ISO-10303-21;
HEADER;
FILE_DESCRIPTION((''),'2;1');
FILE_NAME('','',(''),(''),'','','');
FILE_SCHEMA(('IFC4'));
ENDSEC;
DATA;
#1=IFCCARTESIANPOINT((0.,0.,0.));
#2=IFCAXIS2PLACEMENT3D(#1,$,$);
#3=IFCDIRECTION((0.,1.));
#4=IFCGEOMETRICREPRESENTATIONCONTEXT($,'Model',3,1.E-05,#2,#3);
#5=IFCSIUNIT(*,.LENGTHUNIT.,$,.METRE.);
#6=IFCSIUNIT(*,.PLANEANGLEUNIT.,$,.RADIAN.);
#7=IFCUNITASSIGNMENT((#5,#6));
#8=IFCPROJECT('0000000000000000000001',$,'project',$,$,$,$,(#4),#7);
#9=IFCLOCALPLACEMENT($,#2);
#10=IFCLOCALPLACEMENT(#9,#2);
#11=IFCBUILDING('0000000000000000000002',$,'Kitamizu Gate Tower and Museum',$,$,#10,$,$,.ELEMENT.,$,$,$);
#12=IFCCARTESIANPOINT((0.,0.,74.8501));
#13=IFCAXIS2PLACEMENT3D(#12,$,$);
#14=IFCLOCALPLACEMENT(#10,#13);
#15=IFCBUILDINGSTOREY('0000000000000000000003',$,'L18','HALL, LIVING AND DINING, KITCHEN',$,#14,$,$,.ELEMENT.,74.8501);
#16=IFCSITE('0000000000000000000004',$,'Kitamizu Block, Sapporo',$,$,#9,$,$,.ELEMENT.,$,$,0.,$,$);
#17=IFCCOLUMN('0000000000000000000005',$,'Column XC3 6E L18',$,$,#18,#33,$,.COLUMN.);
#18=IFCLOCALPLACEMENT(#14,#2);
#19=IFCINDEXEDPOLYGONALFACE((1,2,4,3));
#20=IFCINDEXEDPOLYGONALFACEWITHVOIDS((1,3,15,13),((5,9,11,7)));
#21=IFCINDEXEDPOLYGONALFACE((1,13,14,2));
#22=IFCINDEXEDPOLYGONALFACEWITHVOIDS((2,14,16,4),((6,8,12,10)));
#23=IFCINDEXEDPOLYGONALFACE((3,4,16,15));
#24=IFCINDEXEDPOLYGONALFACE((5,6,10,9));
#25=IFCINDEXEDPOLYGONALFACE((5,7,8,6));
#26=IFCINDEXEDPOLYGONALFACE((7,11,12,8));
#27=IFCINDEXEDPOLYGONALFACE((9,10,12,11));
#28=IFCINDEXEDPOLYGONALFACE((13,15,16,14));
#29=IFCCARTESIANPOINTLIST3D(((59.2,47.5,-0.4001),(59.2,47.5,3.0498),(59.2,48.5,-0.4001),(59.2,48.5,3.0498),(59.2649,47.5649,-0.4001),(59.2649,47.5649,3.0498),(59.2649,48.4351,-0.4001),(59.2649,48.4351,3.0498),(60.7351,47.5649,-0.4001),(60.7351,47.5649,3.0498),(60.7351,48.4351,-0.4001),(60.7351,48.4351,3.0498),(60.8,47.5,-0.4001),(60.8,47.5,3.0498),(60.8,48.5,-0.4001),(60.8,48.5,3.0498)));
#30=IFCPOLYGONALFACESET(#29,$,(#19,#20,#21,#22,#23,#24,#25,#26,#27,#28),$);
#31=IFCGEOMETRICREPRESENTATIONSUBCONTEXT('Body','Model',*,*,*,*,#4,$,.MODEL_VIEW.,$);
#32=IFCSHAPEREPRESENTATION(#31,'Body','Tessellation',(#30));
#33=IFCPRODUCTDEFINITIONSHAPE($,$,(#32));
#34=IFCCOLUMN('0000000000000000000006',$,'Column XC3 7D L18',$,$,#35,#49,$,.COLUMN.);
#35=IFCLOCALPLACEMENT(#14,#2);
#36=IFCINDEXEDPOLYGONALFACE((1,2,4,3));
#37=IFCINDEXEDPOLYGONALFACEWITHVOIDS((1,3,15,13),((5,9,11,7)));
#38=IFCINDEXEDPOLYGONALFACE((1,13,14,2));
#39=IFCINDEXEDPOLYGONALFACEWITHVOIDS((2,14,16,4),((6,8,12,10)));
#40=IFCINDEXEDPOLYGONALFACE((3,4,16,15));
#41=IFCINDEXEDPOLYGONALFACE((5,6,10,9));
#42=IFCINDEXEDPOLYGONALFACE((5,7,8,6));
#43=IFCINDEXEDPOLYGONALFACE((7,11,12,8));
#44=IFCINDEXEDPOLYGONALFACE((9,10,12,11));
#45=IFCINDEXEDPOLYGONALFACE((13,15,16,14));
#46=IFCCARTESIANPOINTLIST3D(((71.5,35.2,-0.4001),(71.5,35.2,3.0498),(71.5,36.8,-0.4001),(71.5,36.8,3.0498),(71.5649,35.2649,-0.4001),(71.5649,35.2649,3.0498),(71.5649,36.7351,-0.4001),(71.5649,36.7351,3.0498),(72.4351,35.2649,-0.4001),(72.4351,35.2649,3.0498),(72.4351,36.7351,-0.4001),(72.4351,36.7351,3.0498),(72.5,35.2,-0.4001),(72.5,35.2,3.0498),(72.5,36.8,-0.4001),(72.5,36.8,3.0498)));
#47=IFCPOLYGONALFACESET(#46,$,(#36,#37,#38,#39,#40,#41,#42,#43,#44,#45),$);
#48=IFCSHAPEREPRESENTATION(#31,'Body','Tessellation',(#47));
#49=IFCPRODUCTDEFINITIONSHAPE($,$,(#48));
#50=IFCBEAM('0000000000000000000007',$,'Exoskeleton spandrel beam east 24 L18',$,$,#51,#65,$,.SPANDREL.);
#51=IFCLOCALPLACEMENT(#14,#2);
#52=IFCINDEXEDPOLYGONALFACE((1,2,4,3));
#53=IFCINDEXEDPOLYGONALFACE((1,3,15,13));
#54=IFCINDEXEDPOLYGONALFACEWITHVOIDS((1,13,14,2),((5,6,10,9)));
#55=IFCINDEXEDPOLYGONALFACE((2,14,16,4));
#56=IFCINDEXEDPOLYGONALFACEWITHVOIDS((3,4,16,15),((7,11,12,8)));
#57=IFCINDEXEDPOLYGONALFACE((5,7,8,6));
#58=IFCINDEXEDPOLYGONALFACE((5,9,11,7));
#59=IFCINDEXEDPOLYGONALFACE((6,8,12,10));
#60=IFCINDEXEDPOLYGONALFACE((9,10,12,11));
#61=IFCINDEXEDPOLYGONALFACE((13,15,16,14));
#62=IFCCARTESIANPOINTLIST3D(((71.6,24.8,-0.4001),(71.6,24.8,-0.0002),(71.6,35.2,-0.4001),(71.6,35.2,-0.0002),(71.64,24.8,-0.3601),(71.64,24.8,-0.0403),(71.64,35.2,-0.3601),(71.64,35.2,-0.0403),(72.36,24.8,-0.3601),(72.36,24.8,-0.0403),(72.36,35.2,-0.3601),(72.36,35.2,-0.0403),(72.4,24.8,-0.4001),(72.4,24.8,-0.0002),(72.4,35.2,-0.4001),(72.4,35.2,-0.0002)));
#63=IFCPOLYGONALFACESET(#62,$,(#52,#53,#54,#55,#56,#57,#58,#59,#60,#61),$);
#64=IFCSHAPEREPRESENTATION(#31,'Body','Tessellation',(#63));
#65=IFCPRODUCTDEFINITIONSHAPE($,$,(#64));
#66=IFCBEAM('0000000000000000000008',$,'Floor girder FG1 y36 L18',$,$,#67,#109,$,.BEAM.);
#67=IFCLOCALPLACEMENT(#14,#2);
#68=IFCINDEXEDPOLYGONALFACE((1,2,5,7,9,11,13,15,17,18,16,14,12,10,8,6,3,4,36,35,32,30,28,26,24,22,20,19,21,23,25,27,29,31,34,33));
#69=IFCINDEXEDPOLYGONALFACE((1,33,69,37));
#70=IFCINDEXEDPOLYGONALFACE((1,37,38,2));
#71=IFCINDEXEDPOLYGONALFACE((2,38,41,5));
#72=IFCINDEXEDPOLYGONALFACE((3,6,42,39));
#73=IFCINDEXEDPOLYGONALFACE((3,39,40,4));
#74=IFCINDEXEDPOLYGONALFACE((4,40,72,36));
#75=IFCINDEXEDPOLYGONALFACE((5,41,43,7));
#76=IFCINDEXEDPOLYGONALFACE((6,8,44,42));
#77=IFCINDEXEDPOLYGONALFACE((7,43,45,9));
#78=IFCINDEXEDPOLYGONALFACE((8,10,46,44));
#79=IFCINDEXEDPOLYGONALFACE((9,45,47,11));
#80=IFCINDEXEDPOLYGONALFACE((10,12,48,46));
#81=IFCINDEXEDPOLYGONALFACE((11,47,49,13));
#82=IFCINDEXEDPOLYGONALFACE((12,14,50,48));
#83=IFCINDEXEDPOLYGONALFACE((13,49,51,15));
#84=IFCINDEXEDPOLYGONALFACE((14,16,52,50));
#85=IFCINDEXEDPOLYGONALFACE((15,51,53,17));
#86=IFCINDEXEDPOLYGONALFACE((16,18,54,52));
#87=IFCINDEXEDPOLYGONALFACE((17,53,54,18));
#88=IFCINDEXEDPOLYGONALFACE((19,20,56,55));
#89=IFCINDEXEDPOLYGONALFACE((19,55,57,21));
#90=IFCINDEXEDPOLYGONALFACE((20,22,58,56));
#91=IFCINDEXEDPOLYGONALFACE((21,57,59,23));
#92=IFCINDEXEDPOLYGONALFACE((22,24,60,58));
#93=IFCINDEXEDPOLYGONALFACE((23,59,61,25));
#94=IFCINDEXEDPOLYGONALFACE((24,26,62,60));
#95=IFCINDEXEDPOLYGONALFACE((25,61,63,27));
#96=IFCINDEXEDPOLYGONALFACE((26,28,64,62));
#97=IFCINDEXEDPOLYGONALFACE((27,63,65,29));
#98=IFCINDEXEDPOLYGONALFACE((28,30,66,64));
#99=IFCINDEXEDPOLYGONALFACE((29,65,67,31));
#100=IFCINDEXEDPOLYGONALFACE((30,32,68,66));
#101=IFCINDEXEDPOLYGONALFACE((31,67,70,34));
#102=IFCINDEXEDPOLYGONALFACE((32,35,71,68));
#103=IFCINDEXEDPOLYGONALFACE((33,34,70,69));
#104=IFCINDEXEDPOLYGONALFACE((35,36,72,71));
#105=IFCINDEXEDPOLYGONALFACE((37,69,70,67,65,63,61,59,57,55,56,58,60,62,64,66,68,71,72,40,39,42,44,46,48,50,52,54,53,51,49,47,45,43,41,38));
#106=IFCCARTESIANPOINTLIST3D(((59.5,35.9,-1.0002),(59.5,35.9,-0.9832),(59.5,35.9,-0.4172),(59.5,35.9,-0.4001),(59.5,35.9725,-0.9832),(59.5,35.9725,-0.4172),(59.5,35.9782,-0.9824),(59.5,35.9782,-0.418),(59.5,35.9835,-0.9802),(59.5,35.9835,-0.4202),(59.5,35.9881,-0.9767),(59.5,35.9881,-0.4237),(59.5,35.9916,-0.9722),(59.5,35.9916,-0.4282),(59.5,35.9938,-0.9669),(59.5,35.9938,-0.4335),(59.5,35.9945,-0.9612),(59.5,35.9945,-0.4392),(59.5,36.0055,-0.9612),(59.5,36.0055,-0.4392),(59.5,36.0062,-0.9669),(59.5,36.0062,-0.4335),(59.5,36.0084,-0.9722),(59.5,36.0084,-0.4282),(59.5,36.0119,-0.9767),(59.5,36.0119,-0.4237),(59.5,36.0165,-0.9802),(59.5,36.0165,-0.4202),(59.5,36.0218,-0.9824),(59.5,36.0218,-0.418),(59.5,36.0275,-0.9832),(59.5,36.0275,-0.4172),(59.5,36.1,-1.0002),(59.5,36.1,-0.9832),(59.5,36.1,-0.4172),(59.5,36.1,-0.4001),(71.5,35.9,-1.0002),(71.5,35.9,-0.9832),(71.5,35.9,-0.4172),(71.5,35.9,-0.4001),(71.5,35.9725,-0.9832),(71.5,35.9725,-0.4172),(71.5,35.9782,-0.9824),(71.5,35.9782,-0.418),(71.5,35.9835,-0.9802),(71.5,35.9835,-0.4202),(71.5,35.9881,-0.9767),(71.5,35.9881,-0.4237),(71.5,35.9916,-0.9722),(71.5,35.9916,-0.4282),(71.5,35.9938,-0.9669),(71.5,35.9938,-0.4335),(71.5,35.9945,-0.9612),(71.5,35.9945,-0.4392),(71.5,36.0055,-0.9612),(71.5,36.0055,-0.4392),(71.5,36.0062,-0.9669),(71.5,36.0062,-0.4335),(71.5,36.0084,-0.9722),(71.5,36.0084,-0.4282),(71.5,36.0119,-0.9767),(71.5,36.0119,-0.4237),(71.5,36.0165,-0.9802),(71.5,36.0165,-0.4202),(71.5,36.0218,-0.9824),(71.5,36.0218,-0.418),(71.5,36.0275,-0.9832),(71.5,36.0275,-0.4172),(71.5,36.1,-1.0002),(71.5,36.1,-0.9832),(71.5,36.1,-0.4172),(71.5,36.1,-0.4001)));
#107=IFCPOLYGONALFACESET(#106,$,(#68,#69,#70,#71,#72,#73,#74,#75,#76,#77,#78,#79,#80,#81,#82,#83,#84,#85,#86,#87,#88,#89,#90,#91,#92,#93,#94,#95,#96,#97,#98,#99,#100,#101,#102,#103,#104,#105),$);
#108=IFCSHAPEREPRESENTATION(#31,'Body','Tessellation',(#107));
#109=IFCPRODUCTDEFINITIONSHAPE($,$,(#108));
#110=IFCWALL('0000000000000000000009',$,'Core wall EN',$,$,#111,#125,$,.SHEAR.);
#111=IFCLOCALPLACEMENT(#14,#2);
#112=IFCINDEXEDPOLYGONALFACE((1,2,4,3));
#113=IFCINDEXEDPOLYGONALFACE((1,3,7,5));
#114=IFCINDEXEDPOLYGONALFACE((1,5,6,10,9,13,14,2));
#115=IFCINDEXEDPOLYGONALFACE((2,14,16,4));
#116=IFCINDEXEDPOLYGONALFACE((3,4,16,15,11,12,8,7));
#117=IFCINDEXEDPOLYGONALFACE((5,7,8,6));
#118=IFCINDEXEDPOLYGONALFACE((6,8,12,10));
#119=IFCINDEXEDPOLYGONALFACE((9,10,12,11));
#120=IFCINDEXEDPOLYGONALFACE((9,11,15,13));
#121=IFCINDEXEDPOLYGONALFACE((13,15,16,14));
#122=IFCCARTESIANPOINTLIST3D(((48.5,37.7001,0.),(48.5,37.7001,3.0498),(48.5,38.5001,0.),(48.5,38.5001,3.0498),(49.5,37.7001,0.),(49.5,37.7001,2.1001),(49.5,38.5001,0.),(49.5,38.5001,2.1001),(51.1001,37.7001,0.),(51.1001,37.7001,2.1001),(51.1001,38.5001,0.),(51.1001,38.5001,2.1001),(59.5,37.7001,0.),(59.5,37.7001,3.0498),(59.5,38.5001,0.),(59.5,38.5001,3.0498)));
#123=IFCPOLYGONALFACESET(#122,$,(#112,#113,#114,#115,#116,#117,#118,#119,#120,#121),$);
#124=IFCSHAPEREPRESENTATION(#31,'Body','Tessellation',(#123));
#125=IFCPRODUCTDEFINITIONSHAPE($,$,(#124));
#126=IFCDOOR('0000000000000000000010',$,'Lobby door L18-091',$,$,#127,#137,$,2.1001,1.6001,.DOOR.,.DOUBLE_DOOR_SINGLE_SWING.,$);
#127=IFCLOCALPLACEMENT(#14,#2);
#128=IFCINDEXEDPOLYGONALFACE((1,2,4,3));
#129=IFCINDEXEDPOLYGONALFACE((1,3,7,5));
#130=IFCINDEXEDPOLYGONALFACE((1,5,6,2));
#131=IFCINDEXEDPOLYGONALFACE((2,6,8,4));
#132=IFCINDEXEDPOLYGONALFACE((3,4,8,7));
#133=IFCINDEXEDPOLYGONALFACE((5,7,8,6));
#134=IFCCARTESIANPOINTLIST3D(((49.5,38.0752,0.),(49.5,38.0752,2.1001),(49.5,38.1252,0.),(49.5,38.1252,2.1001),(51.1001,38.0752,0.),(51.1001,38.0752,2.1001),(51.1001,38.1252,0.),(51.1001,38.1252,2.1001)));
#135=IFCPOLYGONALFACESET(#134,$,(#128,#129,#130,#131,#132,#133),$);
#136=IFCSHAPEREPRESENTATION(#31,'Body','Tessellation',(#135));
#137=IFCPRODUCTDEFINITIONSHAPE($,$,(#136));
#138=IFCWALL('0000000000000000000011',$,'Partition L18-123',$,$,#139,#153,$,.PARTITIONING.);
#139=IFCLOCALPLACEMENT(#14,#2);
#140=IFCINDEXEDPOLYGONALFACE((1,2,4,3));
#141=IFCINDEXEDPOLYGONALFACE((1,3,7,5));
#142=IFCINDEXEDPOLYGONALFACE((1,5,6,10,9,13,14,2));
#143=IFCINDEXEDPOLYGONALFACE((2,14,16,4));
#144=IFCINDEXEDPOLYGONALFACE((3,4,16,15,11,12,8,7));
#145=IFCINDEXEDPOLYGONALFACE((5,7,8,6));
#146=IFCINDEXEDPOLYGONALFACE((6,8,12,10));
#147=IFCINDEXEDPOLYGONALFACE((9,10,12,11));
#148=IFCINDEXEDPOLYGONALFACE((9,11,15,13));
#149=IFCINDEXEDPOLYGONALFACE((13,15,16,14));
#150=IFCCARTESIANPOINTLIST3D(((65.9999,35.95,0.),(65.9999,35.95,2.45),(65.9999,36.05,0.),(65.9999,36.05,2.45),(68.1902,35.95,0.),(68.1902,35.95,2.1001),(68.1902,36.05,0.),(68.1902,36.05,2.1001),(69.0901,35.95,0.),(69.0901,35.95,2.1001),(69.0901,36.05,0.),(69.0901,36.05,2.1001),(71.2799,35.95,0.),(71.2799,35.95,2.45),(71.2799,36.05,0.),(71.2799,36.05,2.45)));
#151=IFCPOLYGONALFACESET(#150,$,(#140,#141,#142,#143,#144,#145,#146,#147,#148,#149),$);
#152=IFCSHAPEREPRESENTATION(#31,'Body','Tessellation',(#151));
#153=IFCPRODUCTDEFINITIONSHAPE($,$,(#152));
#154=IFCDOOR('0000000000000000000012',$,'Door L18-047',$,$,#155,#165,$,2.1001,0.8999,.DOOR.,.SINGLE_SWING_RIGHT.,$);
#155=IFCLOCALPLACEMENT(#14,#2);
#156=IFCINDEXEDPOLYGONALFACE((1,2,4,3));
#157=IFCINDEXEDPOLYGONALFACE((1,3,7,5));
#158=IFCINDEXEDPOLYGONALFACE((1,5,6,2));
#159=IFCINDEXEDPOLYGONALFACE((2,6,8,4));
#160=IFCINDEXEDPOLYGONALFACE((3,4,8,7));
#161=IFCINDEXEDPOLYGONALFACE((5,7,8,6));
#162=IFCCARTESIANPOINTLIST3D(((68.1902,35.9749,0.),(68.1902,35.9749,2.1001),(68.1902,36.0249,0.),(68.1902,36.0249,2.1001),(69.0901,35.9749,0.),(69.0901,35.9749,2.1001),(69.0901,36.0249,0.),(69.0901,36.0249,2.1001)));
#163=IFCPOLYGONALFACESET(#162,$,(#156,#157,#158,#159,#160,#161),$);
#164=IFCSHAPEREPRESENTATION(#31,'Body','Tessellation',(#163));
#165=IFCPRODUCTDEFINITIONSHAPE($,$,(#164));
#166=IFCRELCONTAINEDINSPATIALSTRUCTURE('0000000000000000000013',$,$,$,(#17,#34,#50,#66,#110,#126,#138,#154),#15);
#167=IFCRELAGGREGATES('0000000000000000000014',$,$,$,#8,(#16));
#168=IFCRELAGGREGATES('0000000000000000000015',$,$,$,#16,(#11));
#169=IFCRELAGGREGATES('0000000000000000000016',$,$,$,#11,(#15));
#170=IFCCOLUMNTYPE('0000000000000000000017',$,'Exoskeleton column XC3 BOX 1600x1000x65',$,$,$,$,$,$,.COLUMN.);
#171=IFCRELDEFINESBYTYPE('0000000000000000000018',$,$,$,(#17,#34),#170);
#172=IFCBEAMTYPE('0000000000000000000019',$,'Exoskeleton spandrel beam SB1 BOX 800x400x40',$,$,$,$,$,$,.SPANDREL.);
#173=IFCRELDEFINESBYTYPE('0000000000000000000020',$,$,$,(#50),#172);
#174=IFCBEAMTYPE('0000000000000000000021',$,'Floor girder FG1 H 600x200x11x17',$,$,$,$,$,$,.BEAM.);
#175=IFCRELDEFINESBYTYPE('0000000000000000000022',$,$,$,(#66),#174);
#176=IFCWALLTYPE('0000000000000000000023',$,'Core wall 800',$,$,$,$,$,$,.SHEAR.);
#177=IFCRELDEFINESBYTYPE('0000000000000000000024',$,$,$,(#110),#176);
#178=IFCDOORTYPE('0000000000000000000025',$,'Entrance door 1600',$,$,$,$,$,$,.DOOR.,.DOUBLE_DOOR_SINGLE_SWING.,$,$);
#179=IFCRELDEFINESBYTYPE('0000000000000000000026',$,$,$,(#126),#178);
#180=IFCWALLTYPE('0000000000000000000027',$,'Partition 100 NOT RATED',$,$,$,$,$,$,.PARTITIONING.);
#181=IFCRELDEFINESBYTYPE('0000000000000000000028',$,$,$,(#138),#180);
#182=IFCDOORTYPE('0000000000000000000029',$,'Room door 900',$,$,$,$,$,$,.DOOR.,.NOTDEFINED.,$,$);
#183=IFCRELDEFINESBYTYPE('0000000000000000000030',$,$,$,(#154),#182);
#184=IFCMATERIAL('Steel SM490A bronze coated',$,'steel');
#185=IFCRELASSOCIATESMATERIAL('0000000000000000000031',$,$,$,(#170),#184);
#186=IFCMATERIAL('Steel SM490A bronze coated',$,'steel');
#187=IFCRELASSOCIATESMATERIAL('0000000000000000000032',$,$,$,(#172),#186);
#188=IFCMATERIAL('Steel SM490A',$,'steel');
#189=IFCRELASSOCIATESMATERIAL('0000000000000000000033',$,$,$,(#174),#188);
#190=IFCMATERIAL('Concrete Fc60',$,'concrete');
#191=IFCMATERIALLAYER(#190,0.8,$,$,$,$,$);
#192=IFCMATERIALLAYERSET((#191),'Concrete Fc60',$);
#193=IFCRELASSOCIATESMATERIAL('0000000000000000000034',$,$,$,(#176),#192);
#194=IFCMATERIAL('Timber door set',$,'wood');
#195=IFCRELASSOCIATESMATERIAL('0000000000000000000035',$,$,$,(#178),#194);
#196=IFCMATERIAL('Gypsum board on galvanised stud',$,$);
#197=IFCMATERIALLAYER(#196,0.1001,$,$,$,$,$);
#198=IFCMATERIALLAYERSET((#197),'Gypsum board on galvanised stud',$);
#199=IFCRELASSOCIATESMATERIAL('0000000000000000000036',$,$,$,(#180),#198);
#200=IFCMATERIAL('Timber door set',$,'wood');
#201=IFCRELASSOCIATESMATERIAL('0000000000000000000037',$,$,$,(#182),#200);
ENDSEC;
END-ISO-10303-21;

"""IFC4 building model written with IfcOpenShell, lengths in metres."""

from ifc_helpers import new_model, si_unit, direction, frame, frame_2d, origin, origin_2d, place, context, subcontext, project, spatial, rectangle, hollow_rectangle, i_section, extrude, material, layer, layer_set, material_profile, profile_set, type_object, element, fill, save


model = new_model("IFC4")

# Units and contexts
model_context = context("Model", 3, precision=1e-05, world=origin(), true_north=direction((0.0, 1.0)))
body_context = subcontext(model_context, "Body", "Model", "MODEL_VIEW")
ifc_project = project(units=[si_unit("LENGTHUNIT", "METRE"), si_unit("PLANEANGLEUNIT", "RADIAN")], contexts=[model_context])

# Site, building, storey
site_placement = place(None, origin())
site = spatial("IfcSite", under=ifc_project, at=site_placement, Name="Kitamizu Block, Sapporo", CompositionType="ELEMENT", RefElevation=0.0)
building_placement = place(site_placement, origin())
building = spatial("IfcBuilding", under=site, at=building_placement, Name="Kitamizu Gate Tower and Museum", CompositionType="ELEMENT")
storey_placement = place(building_placement, frame((0.0, 0.0, 74.8501)))
storey = spatial("IfcBuildingStorey", under=building, at=storey_placement, Name="L18", Description="HALL, LIVING AND DINING, KITCHEN", CompositionType="ELEMENT", Elevation=74.8501)

# Columns
ifc_material_1 = material(Name="Steel SM490A bronze coated", Category="steel")
ifc_material_profile_1 = material_profile(ifc_material_1, hollow_rectangle(XDim=1.6001, YDim=1.0, WallThickness=0.0649, at=origin_2d()), Name="BOX 1600x1000x65")
ifc_profile_set_1 = profile_set([ifc_material_profile_1], Name="Steel SM490A bronze coated")
column_type = type_object("IfcColumnType", Name="Exoskeleton column XC3 BOX 1600x1000x65", PredefinedType="COLUMN", material=ifc_profile_set_1)
for number, where, z_axis, x_axis, name in (
    (1, (60.0, 48.0, -0.4001), (0.0, 0.0, 1.0), (1.0, 0.0, 0.0), "Column XC3 6E L18"),
    (2, (72.0, 36.0, -0.4001), (0.0, 0.0, 1.0), (0.0, 1.0, 0.0), "Column XC3 7D L18"),
):
    element("IfcColumn", number, at=place(storey_placement, frame(where, z_axis=z_axis, x_axis=x_axis)), inside=storey, type_object=column_type, Name=name, PredefinedType="COLUMN", context=body_context, shape_type="SweptSolid", body=[
        extrude(hollow_rectangle(XDim=1.6001, YDim=1.0, WallThickness=0.0649, at=origin_2d()), origin(), (0.0, 0.0, 1.0), 3.45),
    ])

# Beams
ifc_material_2 = material(Name="Steel SM490A bronze coated", Category="steel")
ifc_material_profile_2 = material_profile(ifc_material_2, hollow_rectangle(XDim=0.8, YDim=0.3999, WallThickness=0.04, at=origin_2d()), Name="BOX 800x400x40")
ifc_profile_set_2 = profile_set([ifc_material_profile_2], Name="Steel SM490A bronze coated")
beam_type_1 = type_object("IfcBeamType", Name="Exoskeleton spandrel beam SB1 BOX 800x400x40", PredefinedType="SPANDREL", material=ifc_profile_set_2)
beam_1_placement = place(storey_placement, frame((72.0, 24.8, -0.2002), z_axis=(0.0, 1.0, 0.0), x_axis=(-1.0, 0.0, 0.0)))
element("IfcBeam", 3, at=beam_1_placement, inside=storey, type_object=beam_type_1, Name="Exoskeleton spandrel beam east 24 L18", PredefinedType="SPANDREL", context=body_context, shape_type="SweptSolid", body=[
    extrude(hollow_rectangle(XDim=0.8, YDim=0.3999, WallThickness=0.04, at=origin_2d()), origin(), (0.0, 0.0, 1.0), 10.3999),
])
ifc_material_3 = material(Name="Steel SM490A", Category="steel")
ifc_material_profile_3 = material_profile(ifc_material_3, i_section(OverallWidth=0.2, OverallDepth=0.6001, WebThickness=0.011, FlangeThickness=0.0171, FilletRadius=0.022, at=origin_2d()), Name="H-600x200x11x17")
ifc_profile_set_3 = profile_set([ifc_material_profile_3], Name="Steel SM490A")
beam_type_2 = type_object("IfcBeamType", Name="Floor girder FG1 H 600x200x11x17", PredefinedType="BEAM", material=ifc_profile_set_3)
beam_2_placement = place(storey_placement, frame((59.5, 36.0, -0.7002), z_axis=(1.0, 0.0, 0.0), x_axis=(0.0, 1.0, 0.0)))
element("IfcBeam", 4, at=beam_2_placement, inside=storey, type_object=beam_type_2, Name="Floor girder FG1 y36 L18", PredefinedType="BEAM", context=body_context, shape_type="SweptSolid", body=[
    extrude(i_section(OverallWidth=0.2, OverallDepth=0.6001, WebThickness=0.011, FlangeThickness=0.0171, FilletRadius=0.022, at=origin_2d()), origin(), (0.0, 0.0, 1.0), 12.0),
])

# Walls, openings, doors
ifc_material_4 = material(Name="Concrete Fc60", Category="concrete")
ifc_layer_1 = layer(ifc_material_4, 0.8)
ifc_layer_set_1 = layer_set([ifc_layer_1], Name="Concrete Fc60")
wall_type_1 = type_object("IfcWallType", Name="Core wall 800", PredefinedType="SHEAR", material=ifc_layer_set_1)
wall_1_placement = place(storey_placement, frame((59.5, 38.1001, 0.0), z_axis=(0.0, 0.0, 1.0), x_axis=(-1.0, 0.0, 0.0)))
wall_1 = element("IfcWall", 5, at=wall_1_placement, inside=storey, type_object=wall_type_1, Name="Core wall EN", PredefinedType="SHEAR", context=body_context, shape_type="SweptSolid", body=[
    extrude(rectangle(XDim=11.0, YDim=0.8, at=frame_2d((5.5, 0.0))), origin(), (0.0, 0.0, 1.0), 3.0498),
])
opening_1_placement = place(wall_1_placement, frame((8.3999, 0.0, 0.0)))
opening_1 = element("IfcOpeningElement", 6, at=opening_1_placement, cuts=wall_1, PredefinedType="OPENING", context=body_context, shape_type="SweptSolid", body=[
    extrude(rectangle(XDim=1.6001, YDim=2.1001, at=frame_2d((0.8, 1.05))), frame((0.0, 0.4102, 0.0), z_axis=(0.0, -1.0, 0.0), x_axis=(1.0, 0.0, 0.0)), (0.0, 0.0, 1.0), 0.8201),
])
ifc_material_5 = material(Name="Timber door set", Category="wood")
door_type_1 = type_object("IfcDoorType", Name="Entrance door 1600", OperationType="DOUBLE_DOOR_SINGLE_SWING", PredefinedType="DOOR", material=ifc_material_5)
door_1_placement = place(opening_1_placement, origin())
door_1 = element("IfcDoor", 7, at=door_1_placement, inside=storey, type_object=door_type_1, Name="Lobby door L18-091", OperationType="DOUBLE_DOOR_SINGLE_SWING", OverallHeight=2.1001, OverallWidth=1.6001, PredefinedType="DOOR", context=body_context, shape_type="SweptSolid", body=[
    extrude(rectangle(XDim=1.6001, YDim=2.1001, at=frame_2d((0.8, 1.05))), frame((0.0, 0.0249, 0.0), z_axis=(0.0, -1.0, 0.0), x_axis=(1.0, 0.0, 0.0)), (0.0, 0.0, 1.0), 0.05),
])
fill(opening_1, door_1)
ifc_material_6 = material(Name="Gypsum board on galvanised stud")
ifc_layer_2 = layer(ifc_material_6, 0.1001)
ifc_layer_set_2 = layer_set([ifc_layer_2], Name="Gypsum board on galvanised stud")
wall_type_2 = type_object("IfcWallType", Name="Partition 100 NOT RATED", PredefinedType="PARTITIONING", material=ifc_layer_set_2)
wall_2_placement = place(storey_placement, frame((71.28, 36.0, 0.0), z_axis=(0.0, 0.0, 1.0), x_axis=(-1.0, 0.0, 0.0)))
wall_2 = element("IfcWall", 8, at=wall_2_placement, inside=storey, type_object=wall_type_2, Name="Partition L18-123", PredefinedType="PARTITIONING", context=body_context, shape_type="SweptSolid", body=[
    extrude(rectangle(XDim=5.28, YDim=0.1001, at=frame_2d((2.6401, 0.0))), origin(), (0.0, 0.0, 1.0), 2.45),
])
opening_2_placement = place(wall_2_placement, frame((2.1899, 0.0, 0.0)))
opening_2 = element("IfcOpeningElement", 9, at=opening_2_placement, cuts=wall_2, PredefinedType="OPENING", context=body_context, shape_type="SweptSolid", body=[
    extrude(rectangle(XDim=0.8999, YDim=2.1001, at=frame_2d((0.45, 1.05))), frame((0.0, 0.0601, 0.0), z_axis=(0.0, -1.0, 0.0), x_axis=(1.0, 0.0, 0.0)), (0.0, 0.0, 1.0), 0.1201),
])
ifc_material_7 = material(Name="Timber door set", Category="wood")
door_type_2 = type_object("IfcDoorType", Name="Room door 900", OperationType="NOTDEFINED", PredefinedType="DOOR", material=ifc_material_7)
door_2_placement = place(opening_2_placement, frame((0.8999, 0.0, 0.0), x_axis=(-1.0, 0.0, 0.0)))
door_2 = element("IfcDoor", 10, at=door_2_placement, inside=storey, type_object=door_type_2, Name="Door L18-047", OperationType="SINGLE_SWING_RIGHT", OverallHeight=2.1001, OverallWidth=0.8999, PredefinedType="DOOR", context=body_context, shape_type="SweptSolid", body=[
    extrude(rectangle(XDim=0.8999, YDim=2.1001, at=frame_2d((0.45, 1.05))), frame((0.0, 0.0249, 0.0), z_axis=(0.0, -1.0, 0.0), x_axis=(1.0, 0.0, 0.0)), (0.0, 0.0, 1.0), 0.05),
])
fill(opening_2, door_2)

save(model, "model.ifc")
